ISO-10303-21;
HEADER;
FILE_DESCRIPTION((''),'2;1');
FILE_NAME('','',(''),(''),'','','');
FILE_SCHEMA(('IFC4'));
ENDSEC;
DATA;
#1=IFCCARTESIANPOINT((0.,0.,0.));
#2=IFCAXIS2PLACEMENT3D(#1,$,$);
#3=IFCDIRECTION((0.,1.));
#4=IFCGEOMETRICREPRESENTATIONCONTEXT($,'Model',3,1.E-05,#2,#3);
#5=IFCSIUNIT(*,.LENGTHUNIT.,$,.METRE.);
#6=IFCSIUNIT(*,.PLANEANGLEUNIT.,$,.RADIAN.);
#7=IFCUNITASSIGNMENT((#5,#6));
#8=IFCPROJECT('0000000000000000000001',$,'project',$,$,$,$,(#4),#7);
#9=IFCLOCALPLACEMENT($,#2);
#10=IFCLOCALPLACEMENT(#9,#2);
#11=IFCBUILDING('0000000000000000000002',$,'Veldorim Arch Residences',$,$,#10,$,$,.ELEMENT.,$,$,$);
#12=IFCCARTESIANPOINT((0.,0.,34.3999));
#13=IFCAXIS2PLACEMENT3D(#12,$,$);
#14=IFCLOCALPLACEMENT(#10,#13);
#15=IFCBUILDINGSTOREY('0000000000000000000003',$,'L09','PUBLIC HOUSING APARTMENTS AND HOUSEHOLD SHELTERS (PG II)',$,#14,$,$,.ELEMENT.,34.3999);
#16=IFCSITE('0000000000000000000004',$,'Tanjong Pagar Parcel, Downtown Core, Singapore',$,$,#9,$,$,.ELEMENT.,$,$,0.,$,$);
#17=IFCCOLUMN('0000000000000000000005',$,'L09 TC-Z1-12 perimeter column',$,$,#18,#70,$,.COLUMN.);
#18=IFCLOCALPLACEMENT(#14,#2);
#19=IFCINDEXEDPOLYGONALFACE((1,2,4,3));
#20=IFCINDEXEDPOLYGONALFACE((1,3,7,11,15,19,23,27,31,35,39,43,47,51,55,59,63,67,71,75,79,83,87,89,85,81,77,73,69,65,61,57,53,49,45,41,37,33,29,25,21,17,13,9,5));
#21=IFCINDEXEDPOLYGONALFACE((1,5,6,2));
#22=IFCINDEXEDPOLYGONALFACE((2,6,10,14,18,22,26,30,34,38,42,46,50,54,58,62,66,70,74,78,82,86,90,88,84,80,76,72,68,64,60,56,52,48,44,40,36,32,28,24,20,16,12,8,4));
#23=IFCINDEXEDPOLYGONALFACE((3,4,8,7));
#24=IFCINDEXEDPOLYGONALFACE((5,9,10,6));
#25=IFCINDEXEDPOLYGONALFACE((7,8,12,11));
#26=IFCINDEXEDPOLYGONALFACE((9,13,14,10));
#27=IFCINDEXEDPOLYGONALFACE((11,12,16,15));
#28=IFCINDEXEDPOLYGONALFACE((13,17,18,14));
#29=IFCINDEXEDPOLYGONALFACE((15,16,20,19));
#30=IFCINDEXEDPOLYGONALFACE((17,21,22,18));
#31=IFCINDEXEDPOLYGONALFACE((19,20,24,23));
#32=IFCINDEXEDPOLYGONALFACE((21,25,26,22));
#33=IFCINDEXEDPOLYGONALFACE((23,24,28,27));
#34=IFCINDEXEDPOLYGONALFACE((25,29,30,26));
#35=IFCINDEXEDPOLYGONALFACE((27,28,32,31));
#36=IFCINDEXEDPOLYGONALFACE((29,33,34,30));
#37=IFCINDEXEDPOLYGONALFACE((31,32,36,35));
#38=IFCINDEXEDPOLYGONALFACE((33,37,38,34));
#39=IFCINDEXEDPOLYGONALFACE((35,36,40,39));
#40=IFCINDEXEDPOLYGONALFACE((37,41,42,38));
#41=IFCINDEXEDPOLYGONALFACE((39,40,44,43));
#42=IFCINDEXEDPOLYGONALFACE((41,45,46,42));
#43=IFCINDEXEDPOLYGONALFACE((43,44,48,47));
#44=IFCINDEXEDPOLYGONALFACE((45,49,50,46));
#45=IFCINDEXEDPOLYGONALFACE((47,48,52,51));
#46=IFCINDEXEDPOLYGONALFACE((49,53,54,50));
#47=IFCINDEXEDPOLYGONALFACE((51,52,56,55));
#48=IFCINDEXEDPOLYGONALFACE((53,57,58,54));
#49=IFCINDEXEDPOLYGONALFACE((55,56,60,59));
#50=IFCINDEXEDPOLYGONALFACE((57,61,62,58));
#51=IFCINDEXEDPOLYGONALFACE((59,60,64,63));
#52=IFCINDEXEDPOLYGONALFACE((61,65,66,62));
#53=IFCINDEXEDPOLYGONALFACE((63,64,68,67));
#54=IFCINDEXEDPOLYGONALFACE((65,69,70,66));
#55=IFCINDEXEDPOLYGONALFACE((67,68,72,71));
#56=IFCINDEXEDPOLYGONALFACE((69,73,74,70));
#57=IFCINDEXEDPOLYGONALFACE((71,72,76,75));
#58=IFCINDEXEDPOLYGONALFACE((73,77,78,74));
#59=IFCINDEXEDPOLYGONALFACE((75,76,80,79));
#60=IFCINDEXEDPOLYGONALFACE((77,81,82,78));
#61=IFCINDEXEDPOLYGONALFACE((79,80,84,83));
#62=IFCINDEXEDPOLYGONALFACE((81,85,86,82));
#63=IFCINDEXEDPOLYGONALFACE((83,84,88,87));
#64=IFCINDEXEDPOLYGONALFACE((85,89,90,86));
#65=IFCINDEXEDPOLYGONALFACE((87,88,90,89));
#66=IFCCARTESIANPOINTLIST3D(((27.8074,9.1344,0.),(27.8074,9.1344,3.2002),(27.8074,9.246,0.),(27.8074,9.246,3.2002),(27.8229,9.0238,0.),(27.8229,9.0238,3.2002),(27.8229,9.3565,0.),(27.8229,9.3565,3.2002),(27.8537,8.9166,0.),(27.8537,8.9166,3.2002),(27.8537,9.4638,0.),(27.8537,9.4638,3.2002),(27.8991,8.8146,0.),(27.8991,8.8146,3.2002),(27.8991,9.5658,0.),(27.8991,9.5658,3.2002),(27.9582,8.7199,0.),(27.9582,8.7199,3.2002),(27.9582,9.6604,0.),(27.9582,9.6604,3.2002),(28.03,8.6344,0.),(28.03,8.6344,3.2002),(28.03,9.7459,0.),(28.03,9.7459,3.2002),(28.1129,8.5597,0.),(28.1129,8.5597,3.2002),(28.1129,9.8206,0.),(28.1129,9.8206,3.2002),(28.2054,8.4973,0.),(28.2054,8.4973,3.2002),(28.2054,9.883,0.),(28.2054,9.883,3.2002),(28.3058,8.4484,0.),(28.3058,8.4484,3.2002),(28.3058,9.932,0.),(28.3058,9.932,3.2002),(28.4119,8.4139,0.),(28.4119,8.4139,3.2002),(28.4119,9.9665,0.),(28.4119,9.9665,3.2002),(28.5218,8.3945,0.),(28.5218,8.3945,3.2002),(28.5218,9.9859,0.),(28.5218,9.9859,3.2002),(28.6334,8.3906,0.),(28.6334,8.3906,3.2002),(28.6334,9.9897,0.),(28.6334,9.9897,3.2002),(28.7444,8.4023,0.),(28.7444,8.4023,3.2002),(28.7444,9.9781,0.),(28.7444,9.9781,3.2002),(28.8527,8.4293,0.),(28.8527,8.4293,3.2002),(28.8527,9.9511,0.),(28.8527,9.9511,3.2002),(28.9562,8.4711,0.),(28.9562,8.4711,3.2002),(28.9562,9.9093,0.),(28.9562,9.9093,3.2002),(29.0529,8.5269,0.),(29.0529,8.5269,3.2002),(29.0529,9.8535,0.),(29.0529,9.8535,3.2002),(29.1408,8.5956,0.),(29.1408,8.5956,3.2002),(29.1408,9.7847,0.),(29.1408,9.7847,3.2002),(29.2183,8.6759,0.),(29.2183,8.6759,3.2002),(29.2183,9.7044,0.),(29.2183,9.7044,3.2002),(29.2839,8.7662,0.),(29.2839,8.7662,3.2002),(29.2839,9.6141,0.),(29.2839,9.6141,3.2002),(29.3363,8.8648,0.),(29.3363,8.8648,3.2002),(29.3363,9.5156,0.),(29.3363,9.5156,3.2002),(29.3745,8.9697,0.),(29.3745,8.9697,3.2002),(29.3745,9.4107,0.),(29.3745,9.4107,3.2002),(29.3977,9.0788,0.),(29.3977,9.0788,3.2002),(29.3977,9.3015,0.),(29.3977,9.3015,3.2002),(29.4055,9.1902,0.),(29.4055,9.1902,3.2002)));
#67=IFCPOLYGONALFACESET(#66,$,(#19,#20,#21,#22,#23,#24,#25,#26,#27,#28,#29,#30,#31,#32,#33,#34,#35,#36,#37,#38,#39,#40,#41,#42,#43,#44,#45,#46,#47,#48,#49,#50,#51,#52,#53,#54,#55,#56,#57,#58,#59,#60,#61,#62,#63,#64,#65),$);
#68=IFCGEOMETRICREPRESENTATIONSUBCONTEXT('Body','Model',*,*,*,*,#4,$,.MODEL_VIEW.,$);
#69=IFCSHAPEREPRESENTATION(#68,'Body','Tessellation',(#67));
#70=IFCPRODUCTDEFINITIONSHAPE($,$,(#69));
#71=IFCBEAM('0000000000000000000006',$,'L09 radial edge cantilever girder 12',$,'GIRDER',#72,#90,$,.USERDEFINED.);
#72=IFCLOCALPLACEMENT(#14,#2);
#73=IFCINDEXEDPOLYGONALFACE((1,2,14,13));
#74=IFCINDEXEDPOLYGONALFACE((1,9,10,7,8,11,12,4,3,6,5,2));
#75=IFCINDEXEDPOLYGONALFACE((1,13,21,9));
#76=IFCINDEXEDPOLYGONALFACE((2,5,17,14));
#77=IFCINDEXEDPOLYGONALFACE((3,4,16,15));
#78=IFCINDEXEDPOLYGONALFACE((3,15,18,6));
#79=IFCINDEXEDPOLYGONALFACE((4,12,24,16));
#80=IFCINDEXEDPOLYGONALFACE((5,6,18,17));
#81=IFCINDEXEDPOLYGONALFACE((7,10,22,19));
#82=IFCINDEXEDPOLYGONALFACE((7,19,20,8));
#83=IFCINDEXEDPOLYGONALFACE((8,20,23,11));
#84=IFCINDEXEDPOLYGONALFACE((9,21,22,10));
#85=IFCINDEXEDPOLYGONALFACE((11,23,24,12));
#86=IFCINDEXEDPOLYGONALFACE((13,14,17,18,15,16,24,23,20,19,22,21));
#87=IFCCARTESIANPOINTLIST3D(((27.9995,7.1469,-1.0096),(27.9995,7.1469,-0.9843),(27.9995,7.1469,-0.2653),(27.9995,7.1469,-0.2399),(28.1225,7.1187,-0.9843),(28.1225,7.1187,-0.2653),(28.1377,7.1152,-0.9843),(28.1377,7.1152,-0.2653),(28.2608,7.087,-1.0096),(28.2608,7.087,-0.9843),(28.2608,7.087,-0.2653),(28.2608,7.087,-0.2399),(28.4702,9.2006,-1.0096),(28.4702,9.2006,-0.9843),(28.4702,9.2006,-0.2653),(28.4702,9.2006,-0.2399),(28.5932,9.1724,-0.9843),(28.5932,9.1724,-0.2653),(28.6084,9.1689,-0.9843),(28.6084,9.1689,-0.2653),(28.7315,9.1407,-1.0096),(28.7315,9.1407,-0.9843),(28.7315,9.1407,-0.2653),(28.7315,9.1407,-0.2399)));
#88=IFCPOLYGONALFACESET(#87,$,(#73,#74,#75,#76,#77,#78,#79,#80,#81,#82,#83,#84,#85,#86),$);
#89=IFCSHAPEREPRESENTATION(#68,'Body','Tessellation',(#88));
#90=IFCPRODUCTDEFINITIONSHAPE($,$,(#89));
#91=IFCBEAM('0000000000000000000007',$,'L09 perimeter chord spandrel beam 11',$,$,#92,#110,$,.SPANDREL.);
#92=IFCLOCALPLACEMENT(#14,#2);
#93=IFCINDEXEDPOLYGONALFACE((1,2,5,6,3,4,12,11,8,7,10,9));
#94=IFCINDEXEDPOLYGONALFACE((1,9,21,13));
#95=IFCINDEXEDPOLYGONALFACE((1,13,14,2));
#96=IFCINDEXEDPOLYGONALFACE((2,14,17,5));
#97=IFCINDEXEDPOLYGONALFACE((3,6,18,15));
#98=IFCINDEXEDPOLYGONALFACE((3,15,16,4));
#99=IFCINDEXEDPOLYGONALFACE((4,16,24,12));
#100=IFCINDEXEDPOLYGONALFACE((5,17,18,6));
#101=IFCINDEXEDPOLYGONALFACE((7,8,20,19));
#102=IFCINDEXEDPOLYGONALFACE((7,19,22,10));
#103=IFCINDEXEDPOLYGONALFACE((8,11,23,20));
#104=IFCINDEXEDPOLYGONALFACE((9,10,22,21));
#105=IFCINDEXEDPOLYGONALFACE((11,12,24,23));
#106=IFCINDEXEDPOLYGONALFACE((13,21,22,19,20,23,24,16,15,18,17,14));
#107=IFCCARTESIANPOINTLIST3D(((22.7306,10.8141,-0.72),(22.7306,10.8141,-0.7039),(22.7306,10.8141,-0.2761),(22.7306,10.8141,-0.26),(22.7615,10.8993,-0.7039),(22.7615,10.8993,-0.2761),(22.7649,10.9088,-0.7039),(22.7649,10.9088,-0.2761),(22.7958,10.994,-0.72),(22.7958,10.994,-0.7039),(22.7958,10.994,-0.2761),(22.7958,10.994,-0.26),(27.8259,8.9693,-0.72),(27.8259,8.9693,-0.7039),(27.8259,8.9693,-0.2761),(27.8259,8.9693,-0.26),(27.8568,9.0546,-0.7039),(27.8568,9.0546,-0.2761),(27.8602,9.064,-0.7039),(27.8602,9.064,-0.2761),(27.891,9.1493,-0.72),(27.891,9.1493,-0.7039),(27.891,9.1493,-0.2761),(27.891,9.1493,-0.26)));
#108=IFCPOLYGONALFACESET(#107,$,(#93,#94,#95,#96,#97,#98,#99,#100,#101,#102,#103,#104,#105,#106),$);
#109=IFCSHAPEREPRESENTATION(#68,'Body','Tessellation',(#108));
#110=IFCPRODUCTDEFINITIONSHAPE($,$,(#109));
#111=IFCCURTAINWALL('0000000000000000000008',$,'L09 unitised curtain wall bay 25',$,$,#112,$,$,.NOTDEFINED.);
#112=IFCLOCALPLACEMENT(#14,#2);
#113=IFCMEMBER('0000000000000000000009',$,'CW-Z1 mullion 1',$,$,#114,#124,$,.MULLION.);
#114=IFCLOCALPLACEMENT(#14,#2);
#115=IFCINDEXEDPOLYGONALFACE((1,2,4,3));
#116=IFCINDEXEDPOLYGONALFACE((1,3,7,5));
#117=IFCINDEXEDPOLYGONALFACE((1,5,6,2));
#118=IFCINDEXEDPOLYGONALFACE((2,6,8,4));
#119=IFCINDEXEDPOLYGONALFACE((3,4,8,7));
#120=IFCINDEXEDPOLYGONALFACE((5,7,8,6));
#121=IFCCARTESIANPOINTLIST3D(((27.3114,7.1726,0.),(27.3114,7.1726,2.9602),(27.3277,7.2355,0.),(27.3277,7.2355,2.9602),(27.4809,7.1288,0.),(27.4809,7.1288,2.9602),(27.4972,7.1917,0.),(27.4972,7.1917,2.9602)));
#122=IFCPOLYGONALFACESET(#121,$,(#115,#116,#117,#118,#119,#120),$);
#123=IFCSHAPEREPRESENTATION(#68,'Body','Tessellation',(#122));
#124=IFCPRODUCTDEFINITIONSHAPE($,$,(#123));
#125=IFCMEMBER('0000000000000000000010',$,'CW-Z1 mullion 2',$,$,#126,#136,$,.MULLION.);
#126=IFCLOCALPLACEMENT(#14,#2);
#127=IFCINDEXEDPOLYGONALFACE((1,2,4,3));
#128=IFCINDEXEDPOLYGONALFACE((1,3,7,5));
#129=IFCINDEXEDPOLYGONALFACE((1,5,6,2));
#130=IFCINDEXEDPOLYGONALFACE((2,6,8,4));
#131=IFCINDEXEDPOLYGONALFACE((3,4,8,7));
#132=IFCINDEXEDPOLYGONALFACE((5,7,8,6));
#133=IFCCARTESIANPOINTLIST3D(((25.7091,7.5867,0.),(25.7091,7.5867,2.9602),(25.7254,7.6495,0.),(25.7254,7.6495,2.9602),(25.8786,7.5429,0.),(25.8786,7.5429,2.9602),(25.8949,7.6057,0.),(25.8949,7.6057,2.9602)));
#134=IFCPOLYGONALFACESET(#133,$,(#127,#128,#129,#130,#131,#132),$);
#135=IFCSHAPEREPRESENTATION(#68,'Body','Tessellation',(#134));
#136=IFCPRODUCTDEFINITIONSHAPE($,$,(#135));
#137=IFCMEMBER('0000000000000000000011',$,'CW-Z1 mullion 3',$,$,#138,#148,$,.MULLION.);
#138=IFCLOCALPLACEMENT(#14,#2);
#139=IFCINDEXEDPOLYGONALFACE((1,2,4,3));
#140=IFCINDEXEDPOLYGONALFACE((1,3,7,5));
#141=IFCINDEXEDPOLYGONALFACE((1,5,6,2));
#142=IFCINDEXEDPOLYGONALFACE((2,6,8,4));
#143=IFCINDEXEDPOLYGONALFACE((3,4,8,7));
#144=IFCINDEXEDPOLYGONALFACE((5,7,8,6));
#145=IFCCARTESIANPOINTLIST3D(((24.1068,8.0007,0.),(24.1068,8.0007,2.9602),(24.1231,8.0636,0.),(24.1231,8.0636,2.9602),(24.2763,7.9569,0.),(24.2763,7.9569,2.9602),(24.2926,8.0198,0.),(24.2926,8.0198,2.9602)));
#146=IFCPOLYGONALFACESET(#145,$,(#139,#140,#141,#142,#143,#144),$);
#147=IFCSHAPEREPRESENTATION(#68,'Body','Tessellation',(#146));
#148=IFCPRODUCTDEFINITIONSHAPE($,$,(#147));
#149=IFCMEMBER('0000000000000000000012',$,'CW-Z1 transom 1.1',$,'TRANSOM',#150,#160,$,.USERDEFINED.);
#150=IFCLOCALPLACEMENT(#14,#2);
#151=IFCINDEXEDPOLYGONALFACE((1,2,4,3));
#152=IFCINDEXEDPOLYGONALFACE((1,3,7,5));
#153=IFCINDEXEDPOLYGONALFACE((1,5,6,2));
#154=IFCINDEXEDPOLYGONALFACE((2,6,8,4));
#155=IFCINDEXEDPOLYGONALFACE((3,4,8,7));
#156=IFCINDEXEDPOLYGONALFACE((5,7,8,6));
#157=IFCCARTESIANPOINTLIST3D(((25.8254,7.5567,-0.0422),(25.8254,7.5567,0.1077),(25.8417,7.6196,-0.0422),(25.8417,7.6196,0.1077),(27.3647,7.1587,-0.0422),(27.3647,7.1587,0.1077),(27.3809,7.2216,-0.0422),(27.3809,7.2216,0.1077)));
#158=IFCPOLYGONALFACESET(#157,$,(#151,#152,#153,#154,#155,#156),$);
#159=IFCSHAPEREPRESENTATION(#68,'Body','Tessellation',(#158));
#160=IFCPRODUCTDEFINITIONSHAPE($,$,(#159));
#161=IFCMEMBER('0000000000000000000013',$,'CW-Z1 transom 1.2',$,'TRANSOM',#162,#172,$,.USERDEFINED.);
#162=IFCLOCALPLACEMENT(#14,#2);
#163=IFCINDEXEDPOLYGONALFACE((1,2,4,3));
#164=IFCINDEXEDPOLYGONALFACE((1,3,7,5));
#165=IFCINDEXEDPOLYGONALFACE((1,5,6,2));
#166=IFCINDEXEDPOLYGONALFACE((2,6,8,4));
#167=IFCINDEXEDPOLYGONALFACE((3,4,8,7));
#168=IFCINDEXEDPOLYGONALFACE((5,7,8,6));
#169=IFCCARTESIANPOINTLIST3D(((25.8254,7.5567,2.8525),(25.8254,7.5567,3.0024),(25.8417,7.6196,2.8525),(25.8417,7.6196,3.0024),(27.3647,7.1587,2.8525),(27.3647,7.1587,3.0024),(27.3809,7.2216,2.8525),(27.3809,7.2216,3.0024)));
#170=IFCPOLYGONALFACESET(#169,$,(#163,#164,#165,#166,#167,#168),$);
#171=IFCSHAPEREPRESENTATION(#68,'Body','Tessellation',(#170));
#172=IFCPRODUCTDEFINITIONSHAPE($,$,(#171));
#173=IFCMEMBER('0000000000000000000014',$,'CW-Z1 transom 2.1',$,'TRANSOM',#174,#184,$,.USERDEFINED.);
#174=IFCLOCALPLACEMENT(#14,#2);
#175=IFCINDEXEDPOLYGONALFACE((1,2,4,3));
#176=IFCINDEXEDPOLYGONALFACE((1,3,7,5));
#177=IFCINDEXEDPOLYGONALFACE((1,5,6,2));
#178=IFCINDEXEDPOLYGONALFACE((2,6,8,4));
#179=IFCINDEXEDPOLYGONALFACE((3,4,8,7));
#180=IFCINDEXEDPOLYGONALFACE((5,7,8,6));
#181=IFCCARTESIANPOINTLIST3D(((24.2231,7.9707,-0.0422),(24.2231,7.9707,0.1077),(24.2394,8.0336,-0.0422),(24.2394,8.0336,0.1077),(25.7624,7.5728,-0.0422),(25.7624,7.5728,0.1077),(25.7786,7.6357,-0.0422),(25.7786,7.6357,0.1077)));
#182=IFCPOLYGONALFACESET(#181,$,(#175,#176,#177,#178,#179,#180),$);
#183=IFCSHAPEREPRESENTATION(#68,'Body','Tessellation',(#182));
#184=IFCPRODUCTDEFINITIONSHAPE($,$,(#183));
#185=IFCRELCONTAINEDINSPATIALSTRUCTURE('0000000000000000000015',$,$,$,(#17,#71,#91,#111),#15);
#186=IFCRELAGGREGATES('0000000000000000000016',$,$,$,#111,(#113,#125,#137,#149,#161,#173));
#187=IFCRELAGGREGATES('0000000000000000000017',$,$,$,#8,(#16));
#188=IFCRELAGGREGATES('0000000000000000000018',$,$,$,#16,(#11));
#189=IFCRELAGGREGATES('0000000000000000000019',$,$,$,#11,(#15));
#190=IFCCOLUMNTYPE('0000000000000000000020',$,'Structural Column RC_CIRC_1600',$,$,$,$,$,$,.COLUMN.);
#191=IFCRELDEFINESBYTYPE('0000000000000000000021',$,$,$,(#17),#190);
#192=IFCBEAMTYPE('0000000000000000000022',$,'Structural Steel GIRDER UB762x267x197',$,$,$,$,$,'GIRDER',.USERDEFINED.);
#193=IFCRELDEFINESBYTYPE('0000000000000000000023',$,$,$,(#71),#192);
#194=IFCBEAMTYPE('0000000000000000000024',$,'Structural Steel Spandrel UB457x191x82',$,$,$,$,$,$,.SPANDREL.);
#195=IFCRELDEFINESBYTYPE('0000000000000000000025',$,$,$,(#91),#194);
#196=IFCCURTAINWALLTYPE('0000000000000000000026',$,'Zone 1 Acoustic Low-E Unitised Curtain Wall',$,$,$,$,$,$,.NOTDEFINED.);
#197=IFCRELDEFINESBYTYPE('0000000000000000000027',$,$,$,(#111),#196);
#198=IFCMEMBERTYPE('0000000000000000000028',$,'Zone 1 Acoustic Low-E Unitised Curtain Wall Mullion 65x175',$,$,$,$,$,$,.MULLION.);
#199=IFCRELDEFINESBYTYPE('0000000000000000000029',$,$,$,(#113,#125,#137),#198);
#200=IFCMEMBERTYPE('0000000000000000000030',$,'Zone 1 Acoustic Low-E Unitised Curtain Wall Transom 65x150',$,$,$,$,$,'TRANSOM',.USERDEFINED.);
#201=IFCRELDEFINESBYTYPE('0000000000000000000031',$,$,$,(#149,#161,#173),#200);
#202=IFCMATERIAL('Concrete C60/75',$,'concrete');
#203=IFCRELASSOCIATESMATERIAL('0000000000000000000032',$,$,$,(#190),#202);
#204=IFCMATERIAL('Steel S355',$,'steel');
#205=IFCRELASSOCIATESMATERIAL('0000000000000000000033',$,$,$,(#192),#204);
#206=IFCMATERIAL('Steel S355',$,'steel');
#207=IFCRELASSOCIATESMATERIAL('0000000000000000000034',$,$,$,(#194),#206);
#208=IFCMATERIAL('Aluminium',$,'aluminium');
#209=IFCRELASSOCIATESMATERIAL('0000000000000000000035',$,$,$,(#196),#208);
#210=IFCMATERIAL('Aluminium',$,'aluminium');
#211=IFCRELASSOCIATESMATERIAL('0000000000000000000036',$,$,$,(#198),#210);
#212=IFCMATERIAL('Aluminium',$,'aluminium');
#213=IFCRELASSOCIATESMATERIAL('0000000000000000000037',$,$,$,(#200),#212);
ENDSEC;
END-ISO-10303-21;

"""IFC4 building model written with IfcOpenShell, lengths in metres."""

from ifc_helpers import new_model, si_unit, direction, frame, origin, origin_2d, place, context, subcontext, project, spatial, rectangle, circle, i_section, extrude, material, material_profile, profile_set, type_object, element, aggregate, save


model = new_model("IFC4")

# Units and contexts
model_context = context("Model", 3, precision=1e-05, world=origin(), true_north=direction((0.0, 1.0)))
body_context = subcontext(model_context, "Body", "Model", "MODEL_VIEW")
ifc_project = project(units=[si_unit("LENGTHUNIT", "METRE"), si_unit("PLANEANGLEUNIT", "RADIAN")], contexts=[model_context])

# Site, building, storey
site_placement = place(None, origin())
site = spatial("IfcSite", under=ifc_project, at=site_placement, Name="Tanjong Pagar Parcel, Downtown Core, Singapore", CompositionType="ELEMENT", RefElevation=0.0)
building_placement = place(site_placement, origin())
building = spatial("IfcBuilding", under=site, at=building_placement, Name="Veldorim Arch Residences", CompositionType="ELEMENT")
storey_placement = place(building_placement, frame((0.0, 0.0, 34.3999)))
storey = spatial("IfcBuildingStorey", under=building, at=storey_placement, Name="L09", Description="PUBLIC HOUSING APARTMENTS AND HOUSEHOLD SHELTERS (PG II)", CompositionType="ELEMENT", Elevation=34.3999)

# Column
ifc_material_1 = material(Name="Concrete C60/75", Category="concrete")
ifc_material_profile_1 = material_profile(ifc_material_1, circle(Radius=0.8, at=origin_2d()), Name="RC_CIRC_1600")
ifc_profile_set_1 = profile_set([ifc_material_profile_1], Name="Concrete C60/75")
column_type = type_object("IfcColumnType", Name="Structural Column RC_CIRC_1600", PredefinedType="COLUMN", material=ifc_profile_set_1)
column_placement = place(storey_placement, frame((28.6055, 9.1902, 0.0), z_axis=(0.0, 0.0, 1.0), x_axis=(1.0, 0.0, 0.0)))
element("IfcColumn", 1, at=column_placement, inside=storey, type_object=column_type, Name="L09 TC-Z1-12 perimeter column", PredefinedType="COLUMN", context=body_context, shape_type="SweptSolid", body=[
    extrude(circle(Radius=0.8, at=origin_2d()), origin(), (0.0, 0.0, 1.0), 3.2002),
])

# Beams
ifc_material_2 = material(Name="Steel S355", Category="steel")
ifc_material_profile_2 = material_profile(ifc_material_2, i_section(OverallWidth=0.2681, OverallDepth=0.7698, WebThickness=0.0156, FlangeThickness=0.0254, at=origin_2d()), Name="UB762x267x197")
ifc_profile_set_2 = profile_set([ifc_material_profile_2], Name="Steel S355")
beam_type_1 = type_object("IfcBeamType", Name="Structural Steel GIRDER UB762x267x197", ElementType="GIRDER", PredefinedType="USERDEFINED", material=ifc_profile_set_2)
beam_1_placement = place(storey_placement, frame((28.6008, 9.1707, -0.6248), z_axis=(-0.223404, -0.974726, 0.0), x_axis=(0.974726, -0.223404, 0.0)))
element("IfcBeam", 2, at=beam_1_placement, inside=storey, type_object=beam_type_1, Name="L09 radial edge cantilever girder 12", ObjectType="GIRDER", PredefinedType="USERDEFINED", context=body_context, shape_type="SweptSolid", body=[
    extrude(i_section(OverallWidth=0.2681, OverallDepth=0.7698, WebThickness=0.0156, FlangeThickness=0.0254, at=origin_2d()), origin(), (0.0, 0.0, 1.0), 2.1069),
])
ifc_material_3 = material(Name="Steel S355", Category="steel")
ifc_material_profile_3 = material_profile(ifc_material_3, i_section(OverallWidth=0.1914, OverallDepth=0.46, WebThickness=0.01, FlangeThickness=0.0161, at=origin_2d()), Name="UB457x191x82")
ifc_profile_set_3 = profile_set([ifc_material_profile_3], Name="Steel S355")
beam_type_2 = type_object("IfcBeamType", Name="Structural Steel Spandrel UB457x191x82", PredefinedType="SPANDREL", material=ifc_profile_set_3)
beam_2_placement = place(storey_placement, frame((22.7632, 10.9041, -0.49), z_axis=(0.940271, -0.340426, 0.0), x_axis=(0.340426, 0.940271, 0.0)))
element("IfcBeam", 3, at=beam_2_placement, inside=storey, type_object=beam_type_2, Name="L09 perimeter chord spandrel beam 11", PredefinedType="SPANDREL", context=body_context, shape_type="SweptSolid", body=[
    extrude(i_section(OverallWidth=0.1914, OverallDepth=0.46, WebThickness=0.01, FlangeThickness=0.0161, at=origin_2d()), origin(), (0.0, 0.0, 1.0), 5.4189),
])

# Curtain wall, members
ifc_material_4 = material(Name="Aluminium", Category="aluminium")
curtain_wall_type = type_object("IfcCurtainWallType", Name="Zone 1 Acoustic Low-E Unitised Curtain Wall", PredefinedType="NOTDEFINED", material=ifc_material_4)
curtain_wall_placement = place(storey_placement, origin())
curtain_wall = element("IfcCurtainWall", 4, at=curtain_wall_placement, inside=storey, type_object=curtain_wall_type, Name="L09 unitised curtain wall bay 25", PredefinedType="NOTDEFINED")
ifc_material_5 = material(Name="Aluminium", Category="aluminium")
ifc_material_profile_4 = material_profile(ifc_material_5, rectangle(XDim=0.0649, YDim=0.175, at=origin_2d()), Name="ALU_MUL_65x175")
ifc_profile_set_4 = profile_set([ifc_material_profile_4], Name="Aluminium")
member_type_1 = type_object("IfcMemberType", Name="Zone 1 Acoustic Low-E Unitised Curtain Wall Mullion 65x175", PredefinedType="MULLION", material=ifc_profile_set_4)
member_1_placement = place(storey_placement, frame((27.4043, 7.1821, 0.0), z_axis=(0.0, 0.0, 1.0), x_axis=(-0.25026, -0.968179, 0.0)))
member_1 = element("IfcMember", 5, at=member_1_placement, type_object=member_type_1, Name="CW-Z1 mullion 1", PredefinedType="MULLION", context=body_context, shape_type="SweptSolid", body=[
    extrude(rectangle(XDim=0.0649, YDim=0.175, at=origin_2d()), origin(), (0.0, 0.0, 1.0), 2.9602),
])
member_2_placement = place(storey_placement, frame((25.802, 7.5962, 0.0), z_axis=(0.0, 0.0, 1.0), x_axis=(-0.25026, -0.968179, 0.0)))
member_2 = element("IfcMember", 6, at=member_2_placement, type_object=member_type_1, Name="CW-Z1 mullion 2", PredefinedType="MULLION", context=body_context, shape_type="SweptSolid", body=[
    extrude(rectangle(XDim=0.0649, YDim=0.175, at=origin_2d()), origin(), (0.0, 0.0, 1.0), 2.9602),
])
member_3_placement = place(storey_placement, frame((24.1997, 8.0103, 0.0), z_axis=(0.0, 0.0, 1.0), x_axis=(-0.25026, -0.968179, 0.0)))
member_3 = element("IfcMember", 7, at=member_3_placement, type_object=member_type_1, Name="CW-Z1 mullion 3", PredefinedType="MULLION", context=body_context, shape_type="SweptSolid", body=[
    extrude(rectangle(XDim=0.0649, YDim=0.175, at=origin_2d()), origin(), (0.0, 0.0, 1.0), 2.9602),
])
ifc_material_6 = material(Name="Aluminium", Category="aluminium")
ifc_material_profile_5 = material_profile(ifc_material_6, rectangle(XDim=0.0649, YDim=0.1499, at=origin_2d()), Name="ALU_TRN_65x150")
ifc_profile_set_5 = profile_set([ifc_material_profile_5], Name="Aluminium")
member_type_2 = type_object("IfcMemberType", Name="Zone 1 Acoustic Low-E Unitised Curtain Wall Transom 65x150", ElementType="TRANSOM", PredefinedType="USERDEFINED", material=ifc_profile_set_5)
member_4_placement = place(storey_placement, frame((27.3728, 7.1902, 0.0327), z_axis=(-0.968169, 0.250296, 0.0), x_axis=(-0.250296, -0.968169, 0.0)))
member_4 = element("IfcMember", 8, at=member_4_placement, type_object=member_type_2, Name="CW-Z1 transom 1.1", ObjectType="TRANSOM", PredefinedType="USERDEFINED", context=body_context, shape_type="SweptSolid", body=[
    extrude(rectangle(XDim=0.0649, YDim=0.1499, at=origin_2d()), origin(), (0.0, 0.0, 1.0), 1.5898),
])
member_5_placement = place(storey_placement, frame((27.3728, 7.1902, 2.9275), z_axis=(-0.968169, 0.250296, 0.0), x_axis=(-0.250296, -0.968169, 0.0)))
member_5 = element("IfcMember", 9, at=member_5_placement, type_object=member_type_2, Name="CW-Z1 transom 1.2", ObjectType="TRANSOM", PredefinedType="USERDEFINED", context=body_context, shape_type="SweptSolid", body=[
    extrude(rectangle(XDim=0.0649, YDim=0.1499, at=origin_2d()), origin(), (0.0, 0.0, 1.0), 1.5898),
])
member_6_placement = place(storey_placement, frame((25.7705, 7.6042, 0.0327), z_axis=(-0.968169, 0.250296, 0.0), x_axis=(-0.250296, -0.968169, 0.0)))
member_6 = element("IfcMember", 10, at=member_6_placement, type_object=member_type_2, Name="CW-Z1 transom 2.1", ObjectType="TRANSOM", PredefinedType="USERDEFINED", context=body_context, shape_type="SweptSolid", body=[
    extrude(rectangle(XDim=0.0649, YDim=0.1499, at=origin_2d()), origin(), (0.0, 0.0, 1.0), 1.5898),
])
aggregate(curtain_wall, [member_1, member_2, member_3, member_4, member_5, member_6])

save(model, "model.ifc")
